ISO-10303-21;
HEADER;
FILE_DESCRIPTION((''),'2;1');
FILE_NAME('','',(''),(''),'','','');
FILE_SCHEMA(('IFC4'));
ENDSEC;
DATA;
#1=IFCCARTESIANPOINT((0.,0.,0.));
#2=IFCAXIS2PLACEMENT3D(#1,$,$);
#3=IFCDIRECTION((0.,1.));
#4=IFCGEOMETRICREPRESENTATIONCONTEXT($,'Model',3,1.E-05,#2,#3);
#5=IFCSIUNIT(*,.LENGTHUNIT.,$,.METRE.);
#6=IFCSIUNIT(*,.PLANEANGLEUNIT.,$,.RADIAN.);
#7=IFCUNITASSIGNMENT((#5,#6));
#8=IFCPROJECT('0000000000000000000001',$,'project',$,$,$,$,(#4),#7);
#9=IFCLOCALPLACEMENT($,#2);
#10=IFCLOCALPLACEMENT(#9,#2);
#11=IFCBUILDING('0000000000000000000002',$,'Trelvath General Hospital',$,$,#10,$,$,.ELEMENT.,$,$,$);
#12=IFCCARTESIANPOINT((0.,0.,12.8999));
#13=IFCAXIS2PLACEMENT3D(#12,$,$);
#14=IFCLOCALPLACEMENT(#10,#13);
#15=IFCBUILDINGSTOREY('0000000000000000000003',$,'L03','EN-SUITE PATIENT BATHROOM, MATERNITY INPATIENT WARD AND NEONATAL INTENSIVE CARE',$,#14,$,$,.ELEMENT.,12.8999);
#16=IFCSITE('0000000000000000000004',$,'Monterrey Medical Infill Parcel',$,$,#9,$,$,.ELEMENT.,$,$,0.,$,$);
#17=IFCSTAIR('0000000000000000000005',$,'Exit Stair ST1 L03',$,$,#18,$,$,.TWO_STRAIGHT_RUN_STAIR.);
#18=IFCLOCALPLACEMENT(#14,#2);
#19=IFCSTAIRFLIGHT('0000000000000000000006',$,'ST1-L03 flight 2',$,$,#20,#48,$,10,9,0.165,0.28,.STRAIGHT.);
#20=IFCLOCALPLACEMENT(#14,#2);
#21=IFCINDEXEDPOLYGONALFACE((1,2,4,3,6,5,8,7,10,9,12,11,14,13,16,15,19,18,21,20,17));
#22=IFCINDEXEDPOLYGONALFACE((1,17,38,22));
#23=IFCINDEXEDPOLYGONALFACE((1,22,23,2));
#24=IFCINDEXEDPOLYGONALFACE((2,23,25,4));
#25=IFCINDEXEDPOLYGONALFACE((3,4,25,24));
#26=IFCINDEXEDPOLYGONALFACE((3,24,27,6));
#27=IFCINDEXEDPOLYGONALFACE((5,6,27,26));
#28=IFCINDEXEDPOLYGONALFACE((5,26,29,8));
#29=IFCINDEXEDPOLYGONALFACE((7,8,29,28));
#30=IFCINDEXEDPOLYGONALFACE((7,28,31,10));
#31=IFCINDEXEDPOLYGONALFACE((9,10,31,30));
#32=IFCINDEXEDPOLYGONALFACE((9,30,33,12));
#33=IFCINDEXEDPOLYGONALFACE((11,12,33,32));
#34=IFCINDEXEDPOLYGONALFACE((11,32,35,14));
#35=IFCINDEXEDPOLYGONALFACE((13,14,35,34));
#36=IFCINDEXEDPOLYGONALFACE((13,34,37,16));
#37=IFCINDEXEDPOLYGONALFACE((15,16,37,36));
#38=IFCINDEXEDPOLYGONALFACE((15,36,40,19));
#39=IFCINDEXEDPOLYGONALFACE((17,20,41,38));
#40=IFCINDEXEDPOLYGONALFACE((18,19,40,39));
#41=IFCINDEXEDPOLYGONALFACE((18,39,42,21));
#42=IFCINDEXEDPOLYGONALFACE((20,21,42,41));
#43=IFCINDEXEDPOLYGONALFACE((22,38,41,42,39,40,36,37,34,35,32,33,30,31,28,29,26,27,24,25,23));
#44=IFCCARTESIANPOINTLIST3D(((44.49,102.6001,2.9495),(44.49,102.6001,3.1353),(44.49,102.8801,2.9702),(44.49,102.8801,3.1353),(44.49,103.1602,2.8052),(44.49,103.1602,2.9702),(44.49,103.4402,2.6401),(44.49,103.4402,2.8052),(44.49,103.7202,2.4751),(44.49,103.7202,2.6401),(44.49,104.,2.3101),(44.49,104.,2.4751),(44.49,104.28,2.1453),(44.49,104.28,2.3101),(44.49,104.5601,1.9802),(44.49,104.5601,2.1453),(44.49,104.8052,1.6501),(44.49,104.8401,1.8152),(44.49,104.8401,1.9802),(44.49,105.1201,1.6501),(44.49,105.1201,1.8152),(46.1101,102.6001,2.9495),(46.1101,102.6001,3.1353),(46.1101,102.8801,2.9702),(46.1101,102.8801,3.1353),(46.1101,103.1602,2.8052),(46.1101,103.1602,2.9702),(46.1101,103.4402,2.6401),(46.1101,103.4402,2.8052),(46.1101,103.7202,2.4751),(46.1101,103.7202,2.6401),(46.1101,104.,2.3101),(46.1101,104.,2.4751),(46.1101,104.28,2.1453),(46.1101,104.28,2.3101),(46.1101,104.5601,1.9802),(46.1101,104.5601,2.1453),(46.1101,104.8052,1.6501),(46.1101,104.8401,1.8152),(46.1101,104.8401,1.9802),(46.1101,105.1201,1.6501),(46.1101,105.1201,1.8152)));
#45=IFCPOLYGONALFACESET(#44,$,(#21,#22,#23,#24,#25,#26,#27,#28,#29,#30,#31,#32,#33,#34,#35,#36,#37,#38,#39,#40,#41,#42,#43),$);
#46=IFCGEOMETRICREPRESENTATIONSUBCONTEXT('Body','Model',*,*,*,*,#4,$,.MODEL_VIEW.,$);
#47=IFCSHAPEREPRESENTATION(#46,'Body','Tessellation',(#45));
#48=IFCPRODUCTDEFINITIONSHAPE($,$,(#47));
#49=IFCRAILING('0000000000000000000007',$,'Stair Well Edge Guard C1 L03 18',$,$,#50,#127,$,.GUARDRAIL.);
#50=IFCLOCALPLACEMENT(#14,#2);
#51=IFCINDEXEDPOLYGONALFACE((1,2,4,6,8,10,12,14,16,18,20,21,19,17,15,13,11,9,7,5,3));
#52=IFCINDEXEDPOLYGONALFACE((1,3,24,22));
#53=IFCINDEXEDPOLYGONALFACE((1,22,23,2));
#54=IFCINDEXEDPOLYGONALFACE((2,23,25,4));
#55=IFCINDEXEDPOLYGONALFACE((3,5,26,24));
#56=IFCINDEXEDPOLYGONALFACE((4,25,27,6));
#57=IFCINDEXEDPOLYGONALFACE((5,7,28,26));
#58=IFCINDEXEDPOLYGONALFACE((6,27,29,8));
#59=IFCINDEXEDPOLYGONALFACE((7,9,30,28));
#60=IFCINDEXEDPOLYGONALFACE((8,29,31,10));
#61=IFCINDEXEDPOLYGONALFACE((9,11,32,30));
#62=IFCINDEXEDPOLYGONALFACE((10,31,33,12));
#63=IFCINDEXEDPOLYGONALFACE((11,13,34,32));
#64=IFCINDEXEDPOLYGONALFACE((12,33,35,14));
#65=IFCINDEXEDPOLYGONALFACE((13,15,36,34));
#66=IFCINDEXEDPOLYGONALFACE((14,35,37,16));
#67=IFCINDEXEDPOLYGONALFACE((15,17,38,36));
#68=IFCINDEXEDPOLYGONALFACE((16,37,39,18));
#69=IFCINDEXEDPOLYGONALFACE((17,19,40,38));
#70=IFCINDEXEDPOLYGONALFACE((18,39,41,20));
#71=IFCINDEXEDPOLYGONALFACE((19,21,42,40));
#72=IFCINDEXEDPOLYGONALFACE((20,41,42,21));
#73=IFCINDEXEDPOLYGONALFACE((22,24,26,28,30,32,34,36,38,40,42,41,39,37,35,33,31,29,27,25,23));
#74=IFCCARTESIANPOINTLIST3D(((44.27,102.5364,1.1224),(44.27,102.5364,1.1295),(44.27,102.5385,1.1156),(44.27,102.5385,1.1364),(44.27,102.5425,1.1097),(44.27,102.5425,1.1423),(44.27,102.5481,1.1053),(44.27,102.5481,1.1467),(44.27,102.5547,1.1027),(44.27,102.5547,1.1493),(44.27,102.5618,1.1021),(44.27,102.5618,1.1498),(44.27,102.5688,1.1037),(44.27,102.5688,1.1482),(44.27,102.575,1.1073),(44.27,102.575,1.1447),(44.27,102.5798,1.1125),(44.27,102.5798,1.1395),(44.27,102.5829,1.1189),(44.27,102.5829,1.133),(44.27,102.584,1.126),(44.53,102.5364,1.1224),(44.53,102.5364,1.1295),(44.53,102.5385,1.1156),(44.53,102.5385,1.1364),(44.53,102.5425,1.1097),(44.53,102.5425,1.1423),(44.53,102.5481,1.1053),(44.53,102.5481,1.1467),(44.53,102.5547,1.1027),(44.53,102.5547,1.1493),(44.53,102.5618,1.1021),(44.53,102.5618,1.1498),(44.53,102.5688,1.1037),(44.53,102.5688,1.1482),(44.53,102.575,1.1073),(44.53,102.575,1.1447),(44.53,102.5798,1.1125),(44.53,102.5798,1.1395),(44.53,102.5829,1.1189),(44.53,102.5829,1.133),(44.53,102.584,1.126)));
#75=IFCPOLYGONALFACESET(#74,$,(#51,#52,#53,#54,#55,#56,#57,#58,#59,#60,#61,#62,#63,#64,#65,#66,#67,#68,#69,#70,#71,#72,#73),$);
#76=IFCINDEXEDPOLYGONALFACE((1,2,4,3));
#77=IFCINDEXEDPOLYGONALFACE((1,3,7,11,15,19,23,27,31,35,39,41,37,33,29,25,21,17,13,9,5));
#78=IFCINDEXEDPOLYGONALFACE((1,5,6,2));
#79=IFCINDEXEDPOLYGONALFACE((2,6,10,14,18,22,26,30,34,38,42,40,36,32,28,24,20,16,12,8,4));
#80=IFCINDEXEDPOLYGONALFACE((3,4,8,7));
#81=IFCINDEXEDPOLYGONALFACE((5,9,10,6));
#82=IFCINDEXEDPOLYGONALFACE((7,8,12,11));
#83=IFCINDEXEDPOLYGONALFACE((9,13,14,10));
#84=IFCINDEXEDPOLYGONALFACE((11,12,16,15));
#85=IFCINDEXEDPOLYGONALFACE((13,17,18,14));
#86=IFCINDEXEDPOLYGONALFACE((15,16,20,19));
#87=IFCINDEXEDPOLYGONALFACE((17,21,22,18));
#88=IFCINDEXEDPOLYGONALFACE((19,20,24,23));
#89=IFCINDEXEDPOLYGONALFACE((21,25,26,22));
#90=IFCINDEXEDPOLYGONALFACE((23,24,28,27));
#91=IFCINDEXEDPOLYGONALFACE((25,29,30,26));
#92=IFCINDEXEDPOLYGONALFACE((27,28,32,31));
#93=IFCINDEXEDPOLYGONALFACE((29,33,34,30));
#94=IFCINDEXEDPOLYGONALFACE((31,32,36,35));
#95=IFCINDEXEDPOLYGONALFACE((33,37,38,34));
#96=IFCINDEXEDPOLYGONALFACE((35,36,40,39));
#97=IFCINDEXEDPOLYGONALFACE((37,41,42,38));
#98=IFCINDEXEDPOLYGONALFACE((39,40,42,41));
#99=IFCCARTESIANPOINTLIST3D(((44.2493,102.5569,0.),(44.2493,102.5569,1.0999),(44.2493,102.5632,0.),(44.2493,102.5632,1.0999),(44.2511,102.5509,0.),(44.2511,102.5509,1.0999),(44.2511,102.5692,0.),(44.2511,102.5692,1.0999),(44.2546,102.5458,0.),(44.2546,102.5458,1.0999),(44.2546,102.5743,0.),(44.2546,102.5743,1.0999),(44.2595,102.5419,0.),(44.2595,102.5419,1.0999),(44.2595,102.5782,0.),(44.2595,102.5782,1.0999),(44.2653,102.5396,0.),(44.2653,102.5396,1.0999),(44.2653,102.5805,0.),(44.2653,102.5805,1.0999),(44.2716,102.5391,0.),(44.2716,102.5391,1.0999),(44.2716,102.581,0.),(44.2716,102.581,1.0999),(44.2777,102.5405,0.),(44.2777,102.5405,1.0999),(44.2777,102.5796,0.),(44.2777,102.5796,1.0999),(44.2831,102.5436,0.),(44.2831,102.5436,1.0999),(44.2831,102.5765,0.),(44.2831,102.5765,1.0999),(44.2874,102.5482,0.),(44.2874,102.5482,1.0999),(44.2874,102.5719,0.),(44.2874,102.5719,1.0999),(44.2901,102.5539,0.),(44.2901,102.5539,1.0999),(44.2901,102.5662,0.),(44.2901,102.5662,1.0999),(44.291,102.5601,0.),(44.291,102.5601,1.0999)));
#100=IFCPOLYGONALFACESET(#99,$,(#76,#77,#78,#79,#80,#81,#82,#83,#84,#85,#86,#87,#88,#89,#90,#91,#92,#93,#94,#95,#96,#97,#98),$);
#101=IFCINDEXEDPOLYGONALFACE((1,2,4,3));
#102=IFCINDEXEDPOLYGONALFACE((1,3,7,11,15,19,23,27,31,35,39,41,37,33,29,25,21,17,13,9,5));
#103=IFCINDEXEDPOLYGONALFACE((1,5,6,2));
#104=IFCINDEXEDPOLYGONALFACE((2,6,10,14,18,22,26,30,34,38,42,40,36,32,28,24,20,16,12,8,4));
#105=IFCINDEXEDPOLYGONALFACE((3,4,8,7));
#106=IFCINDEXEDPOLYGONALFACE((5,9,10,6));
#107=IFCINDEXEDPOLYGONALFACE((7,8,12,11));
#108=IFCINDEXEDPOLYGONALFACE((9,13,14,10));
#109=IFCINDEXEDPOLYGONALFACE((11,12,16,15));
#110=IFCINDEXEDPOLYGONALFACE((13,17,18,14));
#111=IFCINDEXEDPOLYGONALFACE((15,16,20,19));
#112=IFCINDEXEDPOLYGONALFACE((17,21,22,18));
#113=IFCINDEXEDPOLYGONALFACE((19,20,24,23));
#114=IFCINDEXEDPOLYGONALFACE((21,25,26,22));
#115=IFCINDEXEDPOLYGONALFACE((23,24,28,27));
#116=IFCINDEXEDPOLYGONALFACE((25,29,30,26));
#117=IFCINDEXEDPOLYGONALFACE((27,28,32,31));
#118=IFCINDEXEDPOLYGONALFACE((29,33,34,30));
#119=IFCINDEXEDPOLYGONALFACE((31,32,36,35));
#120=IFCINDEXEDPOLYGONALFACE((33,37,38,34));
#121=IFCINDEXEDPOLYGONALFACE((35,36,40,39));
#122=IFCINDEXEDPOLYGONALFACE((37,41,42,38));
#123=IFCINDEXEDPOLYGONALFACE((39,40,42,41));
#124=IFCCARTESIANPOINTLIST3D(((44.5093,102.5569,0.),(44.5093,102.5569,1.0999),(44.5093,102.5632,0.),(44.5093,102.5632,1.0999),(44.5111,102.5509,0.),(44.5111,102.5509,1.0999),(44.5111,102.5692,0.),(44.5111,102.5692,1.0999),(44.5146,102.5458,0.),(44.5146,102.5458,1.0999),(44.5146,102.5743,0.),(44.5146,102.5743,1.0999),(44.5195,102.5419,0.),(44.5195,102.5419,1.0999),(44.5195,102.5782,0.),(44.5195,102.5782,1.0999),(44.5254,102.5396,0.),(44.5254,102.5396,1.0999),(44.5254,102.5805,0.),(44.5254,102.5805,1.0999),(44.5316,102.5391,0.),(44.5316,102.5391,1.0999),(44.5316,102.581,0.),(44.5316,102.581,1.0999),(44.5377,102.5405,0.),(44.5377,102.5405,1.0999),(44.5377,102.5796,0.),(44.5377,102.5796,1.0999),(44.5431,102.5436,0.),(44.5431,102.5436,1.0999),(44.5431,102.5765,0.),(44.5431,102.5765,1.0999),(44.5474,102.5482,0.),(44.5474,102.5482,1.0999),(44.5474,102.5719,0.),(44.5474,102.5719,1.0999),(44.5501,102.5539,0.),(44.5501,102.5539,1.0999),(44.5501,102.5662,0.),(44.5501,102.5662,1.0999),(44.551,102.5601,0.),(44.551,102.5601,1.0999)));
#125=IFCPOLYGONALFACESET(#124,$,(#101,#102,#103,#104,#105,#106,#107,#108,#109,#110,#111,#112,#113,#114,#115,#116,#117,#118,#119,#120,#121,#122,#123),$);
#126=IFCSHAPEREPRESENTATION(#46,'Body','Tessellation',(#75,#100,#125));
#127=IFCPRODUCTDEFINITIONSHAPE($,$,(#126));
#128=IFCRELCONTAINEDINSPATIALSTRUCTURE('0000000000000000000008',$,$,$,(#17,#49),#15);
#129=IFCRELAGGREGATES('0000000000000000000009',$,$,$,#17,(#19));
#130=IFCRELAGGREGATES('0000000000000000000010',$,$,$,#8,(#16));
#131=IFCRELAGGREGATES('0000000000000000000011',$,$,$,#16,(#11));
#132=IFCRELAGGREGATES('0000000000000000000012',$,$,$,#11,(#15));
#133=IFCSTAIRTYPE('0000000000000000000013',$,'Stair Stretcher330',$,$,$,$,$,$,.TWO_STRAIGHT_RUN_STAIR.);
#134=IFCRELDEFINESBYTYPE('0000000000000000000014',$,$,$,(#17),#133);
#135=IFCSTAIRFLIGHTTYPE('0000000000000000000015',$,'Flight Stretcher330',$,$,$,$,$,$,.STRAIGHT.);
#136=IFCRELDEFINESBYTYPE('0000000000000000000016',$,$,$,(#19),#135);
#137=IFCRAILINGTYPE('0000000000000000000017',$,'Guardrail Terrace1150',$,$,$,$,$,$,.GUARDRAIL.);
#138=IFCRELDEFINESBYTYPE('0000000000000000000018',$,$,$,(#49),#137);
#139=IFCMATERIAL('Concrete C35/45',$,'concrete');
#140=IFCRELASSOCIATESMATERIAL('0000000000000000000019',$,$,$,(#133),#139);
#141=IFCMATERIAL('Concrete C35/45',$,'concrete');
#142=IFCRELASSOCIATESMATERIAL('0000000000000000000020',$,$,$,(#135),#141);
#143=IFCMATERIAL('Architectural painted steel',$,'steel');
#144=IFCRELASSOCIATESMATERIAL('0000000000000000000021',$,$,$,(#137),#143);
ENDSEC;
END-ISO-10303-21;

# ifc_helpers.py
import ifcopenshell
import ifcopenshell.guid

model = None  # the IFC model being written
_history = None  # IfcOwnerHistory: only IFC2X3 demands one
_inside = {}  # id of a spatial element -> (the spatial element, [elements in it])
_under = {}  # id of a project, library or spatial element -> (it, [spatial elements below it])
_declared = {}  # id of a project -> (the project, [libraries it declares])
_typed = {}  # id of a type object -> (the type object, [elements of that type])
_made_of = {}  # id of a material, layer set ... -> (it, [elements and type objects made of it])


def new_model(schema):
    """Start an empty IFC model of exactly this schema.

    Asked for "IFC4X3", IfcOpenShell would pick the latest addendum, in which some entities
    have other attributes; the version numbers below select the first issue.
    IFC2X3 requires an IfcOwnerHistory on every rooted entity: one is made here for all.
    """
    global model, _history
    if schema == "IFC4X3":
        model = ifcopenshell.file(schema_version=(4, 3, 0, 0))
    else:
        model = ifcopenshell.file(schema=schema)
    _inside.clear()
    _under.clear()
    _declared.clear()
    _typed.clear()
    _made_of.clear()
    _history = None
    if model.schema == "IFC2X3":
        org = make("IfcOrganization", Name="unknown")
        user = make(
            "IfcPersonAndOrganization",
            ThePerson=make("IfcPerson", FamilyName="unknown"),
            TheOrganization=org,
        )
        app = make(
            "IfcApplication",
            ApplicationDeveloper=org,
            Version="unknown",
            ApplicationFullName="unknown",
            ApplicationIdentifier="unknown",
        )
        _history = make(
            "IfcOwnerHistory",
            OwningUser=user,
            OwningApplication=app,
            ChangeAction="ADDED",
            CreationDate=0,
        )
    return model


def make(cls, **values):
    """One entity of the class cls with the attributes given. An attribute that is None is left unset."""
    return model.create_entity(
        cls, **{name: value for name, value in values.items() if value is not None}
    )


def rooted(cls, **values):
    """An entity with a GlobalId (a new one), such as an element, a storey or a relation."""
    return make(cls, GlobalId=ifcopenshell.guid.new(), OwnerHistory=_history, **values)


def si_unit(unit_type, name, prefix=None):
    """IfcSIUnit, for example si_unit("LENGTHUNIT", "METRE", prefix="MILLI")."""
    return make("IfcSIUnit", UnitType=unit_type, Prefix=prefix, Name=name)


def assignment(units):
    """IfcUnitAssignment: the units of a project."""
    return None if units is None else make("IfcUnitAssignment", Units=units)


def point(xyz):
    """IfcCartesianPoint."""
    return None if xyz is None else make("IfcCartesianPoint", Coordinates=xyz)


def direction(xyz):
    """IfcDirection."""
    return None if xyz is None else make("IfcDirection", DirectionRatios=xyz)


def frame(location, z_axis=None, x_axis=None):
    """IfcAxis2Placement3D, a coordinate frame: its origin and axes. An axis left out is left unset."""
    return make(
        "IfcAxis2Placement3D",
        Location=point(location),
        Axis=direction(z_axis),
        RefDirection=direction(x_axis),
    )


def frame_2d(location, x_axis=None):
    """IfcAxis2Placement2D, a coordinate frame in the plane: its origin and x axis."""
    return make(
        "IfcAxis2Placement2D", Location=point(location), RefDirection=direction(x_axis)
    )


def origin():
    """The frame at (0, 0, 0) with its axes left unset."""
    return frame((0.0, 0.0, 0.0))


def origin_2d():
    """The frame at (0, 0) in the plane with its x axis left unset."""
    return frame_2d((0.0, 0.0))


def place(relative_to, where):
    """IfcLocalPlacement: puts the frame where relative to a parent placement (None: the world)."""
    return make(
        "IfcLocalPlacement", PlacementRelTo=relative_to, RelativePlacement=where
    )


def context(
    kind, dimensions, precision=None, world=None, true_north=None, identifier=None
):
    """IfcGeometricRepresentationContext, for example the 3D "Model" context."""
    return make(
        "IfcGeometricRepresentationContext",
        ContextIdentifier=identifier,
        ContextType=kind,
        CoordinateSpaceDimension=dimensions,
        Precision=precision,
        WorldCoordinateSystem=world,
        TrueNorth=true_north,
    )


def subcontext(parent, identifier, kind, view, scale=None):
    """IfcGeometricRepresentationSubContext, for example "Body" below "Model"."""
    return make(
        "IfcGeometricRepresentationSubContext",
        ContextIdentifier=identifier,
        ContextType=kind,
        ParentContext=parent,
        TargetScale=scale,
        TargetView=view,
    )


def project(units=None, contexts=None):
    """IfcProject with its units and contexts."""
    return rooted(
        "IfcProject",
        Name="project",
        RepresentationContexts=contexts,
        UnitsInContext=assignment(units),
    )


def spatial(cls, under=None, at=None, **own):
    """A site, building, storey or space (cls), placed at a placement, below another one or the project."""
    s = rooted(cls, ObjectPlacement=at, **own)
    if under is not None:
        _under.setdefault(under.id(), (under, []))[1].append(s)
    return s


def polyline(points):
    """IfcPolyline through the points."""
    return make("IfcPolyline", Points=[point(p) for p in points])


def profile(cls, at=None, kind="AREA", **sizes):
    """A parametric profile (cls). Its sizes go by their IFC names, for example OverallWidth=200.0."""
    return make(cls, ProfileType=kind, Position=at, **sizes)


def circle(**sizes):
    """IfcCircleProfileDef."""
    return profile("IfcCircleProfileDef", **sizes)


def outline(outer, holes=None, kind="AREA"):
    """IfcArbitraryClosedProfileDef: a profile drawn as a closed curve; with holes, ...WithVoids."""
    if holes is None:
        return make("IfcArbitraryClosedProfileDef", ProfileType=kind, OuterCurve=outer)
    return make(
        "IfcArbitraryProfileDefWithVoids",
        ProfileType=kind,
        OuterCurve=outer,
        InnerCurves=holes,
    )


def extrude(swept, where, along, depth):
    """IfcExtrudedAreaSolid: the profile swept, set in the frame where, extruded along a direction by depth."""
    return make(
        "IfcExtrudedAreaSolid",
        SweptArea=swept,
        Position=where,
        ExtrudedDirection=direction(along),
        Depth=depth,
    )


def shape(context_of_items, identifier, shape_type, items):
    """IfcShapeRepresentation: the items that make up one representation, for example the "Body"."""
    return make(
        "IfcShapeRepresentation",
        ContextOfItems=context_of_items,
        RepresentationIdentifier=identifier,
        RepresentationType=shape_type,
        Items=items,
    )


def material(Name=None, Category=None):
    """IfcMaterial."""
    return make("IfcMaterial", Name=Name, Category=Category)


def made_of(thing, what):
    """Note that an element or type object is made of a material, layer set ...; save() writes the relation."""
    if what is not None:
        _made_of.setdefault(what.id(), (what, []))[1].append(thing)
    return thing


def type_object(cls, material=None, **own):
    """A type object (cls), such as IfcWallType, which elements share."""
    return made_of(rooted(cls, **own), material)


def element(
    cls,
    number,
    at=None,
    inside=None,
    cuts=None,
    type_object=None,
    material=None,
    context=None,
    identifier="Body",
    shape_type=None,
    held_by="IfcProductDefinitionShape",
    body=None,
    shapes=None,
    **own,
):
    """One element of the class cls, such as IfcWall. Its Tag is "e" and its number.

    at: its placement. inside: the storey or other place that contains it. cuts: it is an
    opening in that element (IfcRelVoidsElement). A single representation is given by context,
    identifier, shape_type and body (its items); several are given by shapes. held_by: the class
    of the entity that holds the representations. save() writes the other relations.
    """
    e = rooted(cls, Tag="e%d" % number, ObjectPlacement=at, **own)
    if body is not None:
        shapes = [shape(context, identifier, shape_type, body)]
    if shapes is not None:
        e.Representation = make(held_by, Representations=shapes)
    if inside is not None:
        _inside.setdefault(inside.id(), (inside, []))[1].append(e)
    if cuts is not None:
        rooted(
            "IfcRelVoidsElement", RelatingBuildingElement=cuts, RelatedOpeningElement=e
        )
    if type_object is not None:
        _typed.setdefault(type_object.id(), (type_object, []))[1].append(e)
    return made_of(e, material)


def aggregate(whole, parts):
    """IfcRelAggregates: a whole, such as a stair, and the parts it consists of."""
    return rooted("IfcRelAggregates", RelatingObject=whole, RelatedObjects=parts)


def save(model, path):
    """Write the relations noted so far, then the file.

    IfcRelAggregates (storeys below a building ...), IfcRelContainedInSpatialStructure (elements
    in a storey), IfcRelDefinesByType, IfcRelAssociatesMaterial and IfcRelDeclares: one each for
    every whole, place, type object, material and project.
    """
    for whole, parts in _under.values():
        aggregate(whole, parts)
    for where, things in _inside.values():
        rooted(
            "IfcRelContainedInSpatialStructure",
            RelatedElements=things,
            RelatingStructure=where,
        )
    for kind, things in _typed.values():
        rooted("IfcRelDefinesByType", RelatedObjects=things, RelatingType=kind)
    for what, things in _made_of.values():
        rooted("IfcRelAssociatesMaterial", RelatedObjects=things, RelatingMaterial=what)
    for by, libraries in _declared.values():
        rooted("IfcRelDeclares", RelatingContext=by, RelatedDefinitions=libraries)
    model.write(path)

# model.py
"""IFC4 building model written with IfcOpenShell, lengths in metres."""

from ifc_helpers import new_model, si_unit, direction, frame, origin, origin_2d, place, context, subcontext, project, spatial, polyline, circle, outline, extrude, material, type_object, element, aggregate, save


model = new_model("IFC4")

# Units and contexts
model_context = context("Model", 3, precision=1e-05, world=origin(), true_north=direction((0.0, 1.0)))
body_context = subcontext(model_context, "Body", "Model", "MODEL_VIEW")
ifc_project = project(units=[si_unit("LENGTHUNIT", "METRE"), si_unit("PLANEANGLEUNIT", "RADIAN")], contexts=[model_context])

# Site, building, storey
site_placement = place(None, origin())
site = spatial("IfcSite", under=ifc_project, at=site_placement, Name="Monterrey Medical Infill Parcel", CompositionType="ELEMENT", RefElevation=0.0)
building_placement = place(site_placement, origin())
building = spatial("IfcBuilding", under=site, at=building_placement, Name="Trelvath General Hospital", CompositionType="ELEMENT")
storey_placement = place(building_placement, frame((0.0, 0.0, 12.8999)))
storey = spatial("IfcBuildingStorey", under=building, at=storey_placement, Name="L03", Description="EN-SUITE PATIENT BATHROOM, MATERNITY INPATIENT WARD AND NEONATAL INTENSIVE CARE", CompositionType="ELEMENT", Elevation=12.8999)

# Stair, stair flight
ifc_material_1 = material(Name="Concrete C35/45", Category="concrete")
stair_type = type_object("IfcStairType", Name="Stair Stretcher330", PredefinedType="TWO_STRAIGHT_RUN_STAIR", material=ifc_material_1)
stair_placement = place(storey_placement, origin())
stair = element("IfcStair", 1, at=stair_placement, inside=storey, type_object=stair_type, Name="Exit Stair ST1 L03", PredefinedType="TWO_STRAIGHT_RUN_STAIR")
ifc_material_2 = material(Name="Concrete C35/45", Category="concrete")
stair_flight_type = type_object("IfcStairFlightType", Name="Flight Stretcher330", PredefinedType="STRAIGHT", material=ifc_material_2)
stair_flight_1_placement = place(storey_placement, frame((45.3, 105.1201, 1.6501), z_axis=(0.0, 0.0, 1.0), x_axis=(0.0, -1.0, 0.0)))
stair_flight_1 = element("IfcStairFlight", 2, at=stair_flight_1_placement, type_object=stair_flight_type, Name="ST1-L03 flight 2", NumberOfRisers=10, NumberOfTreads=9, PredefinedType="STRAIGHT", RiserHeight=0.165, TreadLength=0.28, context=body_context, shape_type="SweptSolid", body=[
    extrude(outline(polyline([(0.0, 0.0), (0.0, 0.165), (0.28, 0.165), (0.28, 0.3301), (0.5601, 0.3301), (0.5601, 0.4951), (0.8401, 0.4951), (0.8401, 0.6599), (1.1201, 0.6599), (1.1201, 0.825), (1.3999, 0.825), (1.3999, 0.99), (1.6799, 0.99), (1.6799, 1.155), (1.96, 1.155), (1.96, 1.3201), (2.24, 1.3201), (2.24, 1.4851), (2.52, 1.4851), (2.52, 1.6499), (2.52, 1.2993), (0.3149, 0.0), (0.0, 0.0)])), frame((0.0, 0.8101, 0.0), z_axis=(0.0, -1.0, 0.0), x_axis=(1.0, 0.0, 0.0)), (0.0, 0.0, 1.0), 1.6201),
])
aggregate(stair, [stair_flight_1])

# Railing
ifc_material_3 = material(Name="Architectural painted steel", Category="steel")
railing_type_1 = type_object("IfcRailingType", Name="Guardrail Terrace1150", PredefinedType="GUARDRAIL", material=ifc_material_3)
railing_1_placement = place(storey_placement, frame((44.27, 102.5601, 0.0)))
element("IfcRailing", 3, at=railing_1_placement, inside=storey, type_object=railing_type_1, Name="Stair Well Edge Guard C1 L03 18", PredefinedType="GUARDRAIL", context=body_context, shape_type="SweptSolid", body=[
    extrude(circle(Radius=0.0239, at=origin_2d()), frame((0.0, 0.0, 1.126), z_axis=(1.0, 0.0, 0.0), x_axis=(0.0, 1.0, 0.0)), (0.0, 0.0, 1.0), 0.26),
    extrude(circle(Radius=0.021, at=origin_2d()), origin(), (0.0, 0.0, 1.0), 1.0999),
    extrude(circle(Radius=0.021, at=origin_2d()), frame((0.26, 0.0, 0.0)), (0.0, 0.0, 1.0), 1.0999),
])

save(model, "model.ifc")
